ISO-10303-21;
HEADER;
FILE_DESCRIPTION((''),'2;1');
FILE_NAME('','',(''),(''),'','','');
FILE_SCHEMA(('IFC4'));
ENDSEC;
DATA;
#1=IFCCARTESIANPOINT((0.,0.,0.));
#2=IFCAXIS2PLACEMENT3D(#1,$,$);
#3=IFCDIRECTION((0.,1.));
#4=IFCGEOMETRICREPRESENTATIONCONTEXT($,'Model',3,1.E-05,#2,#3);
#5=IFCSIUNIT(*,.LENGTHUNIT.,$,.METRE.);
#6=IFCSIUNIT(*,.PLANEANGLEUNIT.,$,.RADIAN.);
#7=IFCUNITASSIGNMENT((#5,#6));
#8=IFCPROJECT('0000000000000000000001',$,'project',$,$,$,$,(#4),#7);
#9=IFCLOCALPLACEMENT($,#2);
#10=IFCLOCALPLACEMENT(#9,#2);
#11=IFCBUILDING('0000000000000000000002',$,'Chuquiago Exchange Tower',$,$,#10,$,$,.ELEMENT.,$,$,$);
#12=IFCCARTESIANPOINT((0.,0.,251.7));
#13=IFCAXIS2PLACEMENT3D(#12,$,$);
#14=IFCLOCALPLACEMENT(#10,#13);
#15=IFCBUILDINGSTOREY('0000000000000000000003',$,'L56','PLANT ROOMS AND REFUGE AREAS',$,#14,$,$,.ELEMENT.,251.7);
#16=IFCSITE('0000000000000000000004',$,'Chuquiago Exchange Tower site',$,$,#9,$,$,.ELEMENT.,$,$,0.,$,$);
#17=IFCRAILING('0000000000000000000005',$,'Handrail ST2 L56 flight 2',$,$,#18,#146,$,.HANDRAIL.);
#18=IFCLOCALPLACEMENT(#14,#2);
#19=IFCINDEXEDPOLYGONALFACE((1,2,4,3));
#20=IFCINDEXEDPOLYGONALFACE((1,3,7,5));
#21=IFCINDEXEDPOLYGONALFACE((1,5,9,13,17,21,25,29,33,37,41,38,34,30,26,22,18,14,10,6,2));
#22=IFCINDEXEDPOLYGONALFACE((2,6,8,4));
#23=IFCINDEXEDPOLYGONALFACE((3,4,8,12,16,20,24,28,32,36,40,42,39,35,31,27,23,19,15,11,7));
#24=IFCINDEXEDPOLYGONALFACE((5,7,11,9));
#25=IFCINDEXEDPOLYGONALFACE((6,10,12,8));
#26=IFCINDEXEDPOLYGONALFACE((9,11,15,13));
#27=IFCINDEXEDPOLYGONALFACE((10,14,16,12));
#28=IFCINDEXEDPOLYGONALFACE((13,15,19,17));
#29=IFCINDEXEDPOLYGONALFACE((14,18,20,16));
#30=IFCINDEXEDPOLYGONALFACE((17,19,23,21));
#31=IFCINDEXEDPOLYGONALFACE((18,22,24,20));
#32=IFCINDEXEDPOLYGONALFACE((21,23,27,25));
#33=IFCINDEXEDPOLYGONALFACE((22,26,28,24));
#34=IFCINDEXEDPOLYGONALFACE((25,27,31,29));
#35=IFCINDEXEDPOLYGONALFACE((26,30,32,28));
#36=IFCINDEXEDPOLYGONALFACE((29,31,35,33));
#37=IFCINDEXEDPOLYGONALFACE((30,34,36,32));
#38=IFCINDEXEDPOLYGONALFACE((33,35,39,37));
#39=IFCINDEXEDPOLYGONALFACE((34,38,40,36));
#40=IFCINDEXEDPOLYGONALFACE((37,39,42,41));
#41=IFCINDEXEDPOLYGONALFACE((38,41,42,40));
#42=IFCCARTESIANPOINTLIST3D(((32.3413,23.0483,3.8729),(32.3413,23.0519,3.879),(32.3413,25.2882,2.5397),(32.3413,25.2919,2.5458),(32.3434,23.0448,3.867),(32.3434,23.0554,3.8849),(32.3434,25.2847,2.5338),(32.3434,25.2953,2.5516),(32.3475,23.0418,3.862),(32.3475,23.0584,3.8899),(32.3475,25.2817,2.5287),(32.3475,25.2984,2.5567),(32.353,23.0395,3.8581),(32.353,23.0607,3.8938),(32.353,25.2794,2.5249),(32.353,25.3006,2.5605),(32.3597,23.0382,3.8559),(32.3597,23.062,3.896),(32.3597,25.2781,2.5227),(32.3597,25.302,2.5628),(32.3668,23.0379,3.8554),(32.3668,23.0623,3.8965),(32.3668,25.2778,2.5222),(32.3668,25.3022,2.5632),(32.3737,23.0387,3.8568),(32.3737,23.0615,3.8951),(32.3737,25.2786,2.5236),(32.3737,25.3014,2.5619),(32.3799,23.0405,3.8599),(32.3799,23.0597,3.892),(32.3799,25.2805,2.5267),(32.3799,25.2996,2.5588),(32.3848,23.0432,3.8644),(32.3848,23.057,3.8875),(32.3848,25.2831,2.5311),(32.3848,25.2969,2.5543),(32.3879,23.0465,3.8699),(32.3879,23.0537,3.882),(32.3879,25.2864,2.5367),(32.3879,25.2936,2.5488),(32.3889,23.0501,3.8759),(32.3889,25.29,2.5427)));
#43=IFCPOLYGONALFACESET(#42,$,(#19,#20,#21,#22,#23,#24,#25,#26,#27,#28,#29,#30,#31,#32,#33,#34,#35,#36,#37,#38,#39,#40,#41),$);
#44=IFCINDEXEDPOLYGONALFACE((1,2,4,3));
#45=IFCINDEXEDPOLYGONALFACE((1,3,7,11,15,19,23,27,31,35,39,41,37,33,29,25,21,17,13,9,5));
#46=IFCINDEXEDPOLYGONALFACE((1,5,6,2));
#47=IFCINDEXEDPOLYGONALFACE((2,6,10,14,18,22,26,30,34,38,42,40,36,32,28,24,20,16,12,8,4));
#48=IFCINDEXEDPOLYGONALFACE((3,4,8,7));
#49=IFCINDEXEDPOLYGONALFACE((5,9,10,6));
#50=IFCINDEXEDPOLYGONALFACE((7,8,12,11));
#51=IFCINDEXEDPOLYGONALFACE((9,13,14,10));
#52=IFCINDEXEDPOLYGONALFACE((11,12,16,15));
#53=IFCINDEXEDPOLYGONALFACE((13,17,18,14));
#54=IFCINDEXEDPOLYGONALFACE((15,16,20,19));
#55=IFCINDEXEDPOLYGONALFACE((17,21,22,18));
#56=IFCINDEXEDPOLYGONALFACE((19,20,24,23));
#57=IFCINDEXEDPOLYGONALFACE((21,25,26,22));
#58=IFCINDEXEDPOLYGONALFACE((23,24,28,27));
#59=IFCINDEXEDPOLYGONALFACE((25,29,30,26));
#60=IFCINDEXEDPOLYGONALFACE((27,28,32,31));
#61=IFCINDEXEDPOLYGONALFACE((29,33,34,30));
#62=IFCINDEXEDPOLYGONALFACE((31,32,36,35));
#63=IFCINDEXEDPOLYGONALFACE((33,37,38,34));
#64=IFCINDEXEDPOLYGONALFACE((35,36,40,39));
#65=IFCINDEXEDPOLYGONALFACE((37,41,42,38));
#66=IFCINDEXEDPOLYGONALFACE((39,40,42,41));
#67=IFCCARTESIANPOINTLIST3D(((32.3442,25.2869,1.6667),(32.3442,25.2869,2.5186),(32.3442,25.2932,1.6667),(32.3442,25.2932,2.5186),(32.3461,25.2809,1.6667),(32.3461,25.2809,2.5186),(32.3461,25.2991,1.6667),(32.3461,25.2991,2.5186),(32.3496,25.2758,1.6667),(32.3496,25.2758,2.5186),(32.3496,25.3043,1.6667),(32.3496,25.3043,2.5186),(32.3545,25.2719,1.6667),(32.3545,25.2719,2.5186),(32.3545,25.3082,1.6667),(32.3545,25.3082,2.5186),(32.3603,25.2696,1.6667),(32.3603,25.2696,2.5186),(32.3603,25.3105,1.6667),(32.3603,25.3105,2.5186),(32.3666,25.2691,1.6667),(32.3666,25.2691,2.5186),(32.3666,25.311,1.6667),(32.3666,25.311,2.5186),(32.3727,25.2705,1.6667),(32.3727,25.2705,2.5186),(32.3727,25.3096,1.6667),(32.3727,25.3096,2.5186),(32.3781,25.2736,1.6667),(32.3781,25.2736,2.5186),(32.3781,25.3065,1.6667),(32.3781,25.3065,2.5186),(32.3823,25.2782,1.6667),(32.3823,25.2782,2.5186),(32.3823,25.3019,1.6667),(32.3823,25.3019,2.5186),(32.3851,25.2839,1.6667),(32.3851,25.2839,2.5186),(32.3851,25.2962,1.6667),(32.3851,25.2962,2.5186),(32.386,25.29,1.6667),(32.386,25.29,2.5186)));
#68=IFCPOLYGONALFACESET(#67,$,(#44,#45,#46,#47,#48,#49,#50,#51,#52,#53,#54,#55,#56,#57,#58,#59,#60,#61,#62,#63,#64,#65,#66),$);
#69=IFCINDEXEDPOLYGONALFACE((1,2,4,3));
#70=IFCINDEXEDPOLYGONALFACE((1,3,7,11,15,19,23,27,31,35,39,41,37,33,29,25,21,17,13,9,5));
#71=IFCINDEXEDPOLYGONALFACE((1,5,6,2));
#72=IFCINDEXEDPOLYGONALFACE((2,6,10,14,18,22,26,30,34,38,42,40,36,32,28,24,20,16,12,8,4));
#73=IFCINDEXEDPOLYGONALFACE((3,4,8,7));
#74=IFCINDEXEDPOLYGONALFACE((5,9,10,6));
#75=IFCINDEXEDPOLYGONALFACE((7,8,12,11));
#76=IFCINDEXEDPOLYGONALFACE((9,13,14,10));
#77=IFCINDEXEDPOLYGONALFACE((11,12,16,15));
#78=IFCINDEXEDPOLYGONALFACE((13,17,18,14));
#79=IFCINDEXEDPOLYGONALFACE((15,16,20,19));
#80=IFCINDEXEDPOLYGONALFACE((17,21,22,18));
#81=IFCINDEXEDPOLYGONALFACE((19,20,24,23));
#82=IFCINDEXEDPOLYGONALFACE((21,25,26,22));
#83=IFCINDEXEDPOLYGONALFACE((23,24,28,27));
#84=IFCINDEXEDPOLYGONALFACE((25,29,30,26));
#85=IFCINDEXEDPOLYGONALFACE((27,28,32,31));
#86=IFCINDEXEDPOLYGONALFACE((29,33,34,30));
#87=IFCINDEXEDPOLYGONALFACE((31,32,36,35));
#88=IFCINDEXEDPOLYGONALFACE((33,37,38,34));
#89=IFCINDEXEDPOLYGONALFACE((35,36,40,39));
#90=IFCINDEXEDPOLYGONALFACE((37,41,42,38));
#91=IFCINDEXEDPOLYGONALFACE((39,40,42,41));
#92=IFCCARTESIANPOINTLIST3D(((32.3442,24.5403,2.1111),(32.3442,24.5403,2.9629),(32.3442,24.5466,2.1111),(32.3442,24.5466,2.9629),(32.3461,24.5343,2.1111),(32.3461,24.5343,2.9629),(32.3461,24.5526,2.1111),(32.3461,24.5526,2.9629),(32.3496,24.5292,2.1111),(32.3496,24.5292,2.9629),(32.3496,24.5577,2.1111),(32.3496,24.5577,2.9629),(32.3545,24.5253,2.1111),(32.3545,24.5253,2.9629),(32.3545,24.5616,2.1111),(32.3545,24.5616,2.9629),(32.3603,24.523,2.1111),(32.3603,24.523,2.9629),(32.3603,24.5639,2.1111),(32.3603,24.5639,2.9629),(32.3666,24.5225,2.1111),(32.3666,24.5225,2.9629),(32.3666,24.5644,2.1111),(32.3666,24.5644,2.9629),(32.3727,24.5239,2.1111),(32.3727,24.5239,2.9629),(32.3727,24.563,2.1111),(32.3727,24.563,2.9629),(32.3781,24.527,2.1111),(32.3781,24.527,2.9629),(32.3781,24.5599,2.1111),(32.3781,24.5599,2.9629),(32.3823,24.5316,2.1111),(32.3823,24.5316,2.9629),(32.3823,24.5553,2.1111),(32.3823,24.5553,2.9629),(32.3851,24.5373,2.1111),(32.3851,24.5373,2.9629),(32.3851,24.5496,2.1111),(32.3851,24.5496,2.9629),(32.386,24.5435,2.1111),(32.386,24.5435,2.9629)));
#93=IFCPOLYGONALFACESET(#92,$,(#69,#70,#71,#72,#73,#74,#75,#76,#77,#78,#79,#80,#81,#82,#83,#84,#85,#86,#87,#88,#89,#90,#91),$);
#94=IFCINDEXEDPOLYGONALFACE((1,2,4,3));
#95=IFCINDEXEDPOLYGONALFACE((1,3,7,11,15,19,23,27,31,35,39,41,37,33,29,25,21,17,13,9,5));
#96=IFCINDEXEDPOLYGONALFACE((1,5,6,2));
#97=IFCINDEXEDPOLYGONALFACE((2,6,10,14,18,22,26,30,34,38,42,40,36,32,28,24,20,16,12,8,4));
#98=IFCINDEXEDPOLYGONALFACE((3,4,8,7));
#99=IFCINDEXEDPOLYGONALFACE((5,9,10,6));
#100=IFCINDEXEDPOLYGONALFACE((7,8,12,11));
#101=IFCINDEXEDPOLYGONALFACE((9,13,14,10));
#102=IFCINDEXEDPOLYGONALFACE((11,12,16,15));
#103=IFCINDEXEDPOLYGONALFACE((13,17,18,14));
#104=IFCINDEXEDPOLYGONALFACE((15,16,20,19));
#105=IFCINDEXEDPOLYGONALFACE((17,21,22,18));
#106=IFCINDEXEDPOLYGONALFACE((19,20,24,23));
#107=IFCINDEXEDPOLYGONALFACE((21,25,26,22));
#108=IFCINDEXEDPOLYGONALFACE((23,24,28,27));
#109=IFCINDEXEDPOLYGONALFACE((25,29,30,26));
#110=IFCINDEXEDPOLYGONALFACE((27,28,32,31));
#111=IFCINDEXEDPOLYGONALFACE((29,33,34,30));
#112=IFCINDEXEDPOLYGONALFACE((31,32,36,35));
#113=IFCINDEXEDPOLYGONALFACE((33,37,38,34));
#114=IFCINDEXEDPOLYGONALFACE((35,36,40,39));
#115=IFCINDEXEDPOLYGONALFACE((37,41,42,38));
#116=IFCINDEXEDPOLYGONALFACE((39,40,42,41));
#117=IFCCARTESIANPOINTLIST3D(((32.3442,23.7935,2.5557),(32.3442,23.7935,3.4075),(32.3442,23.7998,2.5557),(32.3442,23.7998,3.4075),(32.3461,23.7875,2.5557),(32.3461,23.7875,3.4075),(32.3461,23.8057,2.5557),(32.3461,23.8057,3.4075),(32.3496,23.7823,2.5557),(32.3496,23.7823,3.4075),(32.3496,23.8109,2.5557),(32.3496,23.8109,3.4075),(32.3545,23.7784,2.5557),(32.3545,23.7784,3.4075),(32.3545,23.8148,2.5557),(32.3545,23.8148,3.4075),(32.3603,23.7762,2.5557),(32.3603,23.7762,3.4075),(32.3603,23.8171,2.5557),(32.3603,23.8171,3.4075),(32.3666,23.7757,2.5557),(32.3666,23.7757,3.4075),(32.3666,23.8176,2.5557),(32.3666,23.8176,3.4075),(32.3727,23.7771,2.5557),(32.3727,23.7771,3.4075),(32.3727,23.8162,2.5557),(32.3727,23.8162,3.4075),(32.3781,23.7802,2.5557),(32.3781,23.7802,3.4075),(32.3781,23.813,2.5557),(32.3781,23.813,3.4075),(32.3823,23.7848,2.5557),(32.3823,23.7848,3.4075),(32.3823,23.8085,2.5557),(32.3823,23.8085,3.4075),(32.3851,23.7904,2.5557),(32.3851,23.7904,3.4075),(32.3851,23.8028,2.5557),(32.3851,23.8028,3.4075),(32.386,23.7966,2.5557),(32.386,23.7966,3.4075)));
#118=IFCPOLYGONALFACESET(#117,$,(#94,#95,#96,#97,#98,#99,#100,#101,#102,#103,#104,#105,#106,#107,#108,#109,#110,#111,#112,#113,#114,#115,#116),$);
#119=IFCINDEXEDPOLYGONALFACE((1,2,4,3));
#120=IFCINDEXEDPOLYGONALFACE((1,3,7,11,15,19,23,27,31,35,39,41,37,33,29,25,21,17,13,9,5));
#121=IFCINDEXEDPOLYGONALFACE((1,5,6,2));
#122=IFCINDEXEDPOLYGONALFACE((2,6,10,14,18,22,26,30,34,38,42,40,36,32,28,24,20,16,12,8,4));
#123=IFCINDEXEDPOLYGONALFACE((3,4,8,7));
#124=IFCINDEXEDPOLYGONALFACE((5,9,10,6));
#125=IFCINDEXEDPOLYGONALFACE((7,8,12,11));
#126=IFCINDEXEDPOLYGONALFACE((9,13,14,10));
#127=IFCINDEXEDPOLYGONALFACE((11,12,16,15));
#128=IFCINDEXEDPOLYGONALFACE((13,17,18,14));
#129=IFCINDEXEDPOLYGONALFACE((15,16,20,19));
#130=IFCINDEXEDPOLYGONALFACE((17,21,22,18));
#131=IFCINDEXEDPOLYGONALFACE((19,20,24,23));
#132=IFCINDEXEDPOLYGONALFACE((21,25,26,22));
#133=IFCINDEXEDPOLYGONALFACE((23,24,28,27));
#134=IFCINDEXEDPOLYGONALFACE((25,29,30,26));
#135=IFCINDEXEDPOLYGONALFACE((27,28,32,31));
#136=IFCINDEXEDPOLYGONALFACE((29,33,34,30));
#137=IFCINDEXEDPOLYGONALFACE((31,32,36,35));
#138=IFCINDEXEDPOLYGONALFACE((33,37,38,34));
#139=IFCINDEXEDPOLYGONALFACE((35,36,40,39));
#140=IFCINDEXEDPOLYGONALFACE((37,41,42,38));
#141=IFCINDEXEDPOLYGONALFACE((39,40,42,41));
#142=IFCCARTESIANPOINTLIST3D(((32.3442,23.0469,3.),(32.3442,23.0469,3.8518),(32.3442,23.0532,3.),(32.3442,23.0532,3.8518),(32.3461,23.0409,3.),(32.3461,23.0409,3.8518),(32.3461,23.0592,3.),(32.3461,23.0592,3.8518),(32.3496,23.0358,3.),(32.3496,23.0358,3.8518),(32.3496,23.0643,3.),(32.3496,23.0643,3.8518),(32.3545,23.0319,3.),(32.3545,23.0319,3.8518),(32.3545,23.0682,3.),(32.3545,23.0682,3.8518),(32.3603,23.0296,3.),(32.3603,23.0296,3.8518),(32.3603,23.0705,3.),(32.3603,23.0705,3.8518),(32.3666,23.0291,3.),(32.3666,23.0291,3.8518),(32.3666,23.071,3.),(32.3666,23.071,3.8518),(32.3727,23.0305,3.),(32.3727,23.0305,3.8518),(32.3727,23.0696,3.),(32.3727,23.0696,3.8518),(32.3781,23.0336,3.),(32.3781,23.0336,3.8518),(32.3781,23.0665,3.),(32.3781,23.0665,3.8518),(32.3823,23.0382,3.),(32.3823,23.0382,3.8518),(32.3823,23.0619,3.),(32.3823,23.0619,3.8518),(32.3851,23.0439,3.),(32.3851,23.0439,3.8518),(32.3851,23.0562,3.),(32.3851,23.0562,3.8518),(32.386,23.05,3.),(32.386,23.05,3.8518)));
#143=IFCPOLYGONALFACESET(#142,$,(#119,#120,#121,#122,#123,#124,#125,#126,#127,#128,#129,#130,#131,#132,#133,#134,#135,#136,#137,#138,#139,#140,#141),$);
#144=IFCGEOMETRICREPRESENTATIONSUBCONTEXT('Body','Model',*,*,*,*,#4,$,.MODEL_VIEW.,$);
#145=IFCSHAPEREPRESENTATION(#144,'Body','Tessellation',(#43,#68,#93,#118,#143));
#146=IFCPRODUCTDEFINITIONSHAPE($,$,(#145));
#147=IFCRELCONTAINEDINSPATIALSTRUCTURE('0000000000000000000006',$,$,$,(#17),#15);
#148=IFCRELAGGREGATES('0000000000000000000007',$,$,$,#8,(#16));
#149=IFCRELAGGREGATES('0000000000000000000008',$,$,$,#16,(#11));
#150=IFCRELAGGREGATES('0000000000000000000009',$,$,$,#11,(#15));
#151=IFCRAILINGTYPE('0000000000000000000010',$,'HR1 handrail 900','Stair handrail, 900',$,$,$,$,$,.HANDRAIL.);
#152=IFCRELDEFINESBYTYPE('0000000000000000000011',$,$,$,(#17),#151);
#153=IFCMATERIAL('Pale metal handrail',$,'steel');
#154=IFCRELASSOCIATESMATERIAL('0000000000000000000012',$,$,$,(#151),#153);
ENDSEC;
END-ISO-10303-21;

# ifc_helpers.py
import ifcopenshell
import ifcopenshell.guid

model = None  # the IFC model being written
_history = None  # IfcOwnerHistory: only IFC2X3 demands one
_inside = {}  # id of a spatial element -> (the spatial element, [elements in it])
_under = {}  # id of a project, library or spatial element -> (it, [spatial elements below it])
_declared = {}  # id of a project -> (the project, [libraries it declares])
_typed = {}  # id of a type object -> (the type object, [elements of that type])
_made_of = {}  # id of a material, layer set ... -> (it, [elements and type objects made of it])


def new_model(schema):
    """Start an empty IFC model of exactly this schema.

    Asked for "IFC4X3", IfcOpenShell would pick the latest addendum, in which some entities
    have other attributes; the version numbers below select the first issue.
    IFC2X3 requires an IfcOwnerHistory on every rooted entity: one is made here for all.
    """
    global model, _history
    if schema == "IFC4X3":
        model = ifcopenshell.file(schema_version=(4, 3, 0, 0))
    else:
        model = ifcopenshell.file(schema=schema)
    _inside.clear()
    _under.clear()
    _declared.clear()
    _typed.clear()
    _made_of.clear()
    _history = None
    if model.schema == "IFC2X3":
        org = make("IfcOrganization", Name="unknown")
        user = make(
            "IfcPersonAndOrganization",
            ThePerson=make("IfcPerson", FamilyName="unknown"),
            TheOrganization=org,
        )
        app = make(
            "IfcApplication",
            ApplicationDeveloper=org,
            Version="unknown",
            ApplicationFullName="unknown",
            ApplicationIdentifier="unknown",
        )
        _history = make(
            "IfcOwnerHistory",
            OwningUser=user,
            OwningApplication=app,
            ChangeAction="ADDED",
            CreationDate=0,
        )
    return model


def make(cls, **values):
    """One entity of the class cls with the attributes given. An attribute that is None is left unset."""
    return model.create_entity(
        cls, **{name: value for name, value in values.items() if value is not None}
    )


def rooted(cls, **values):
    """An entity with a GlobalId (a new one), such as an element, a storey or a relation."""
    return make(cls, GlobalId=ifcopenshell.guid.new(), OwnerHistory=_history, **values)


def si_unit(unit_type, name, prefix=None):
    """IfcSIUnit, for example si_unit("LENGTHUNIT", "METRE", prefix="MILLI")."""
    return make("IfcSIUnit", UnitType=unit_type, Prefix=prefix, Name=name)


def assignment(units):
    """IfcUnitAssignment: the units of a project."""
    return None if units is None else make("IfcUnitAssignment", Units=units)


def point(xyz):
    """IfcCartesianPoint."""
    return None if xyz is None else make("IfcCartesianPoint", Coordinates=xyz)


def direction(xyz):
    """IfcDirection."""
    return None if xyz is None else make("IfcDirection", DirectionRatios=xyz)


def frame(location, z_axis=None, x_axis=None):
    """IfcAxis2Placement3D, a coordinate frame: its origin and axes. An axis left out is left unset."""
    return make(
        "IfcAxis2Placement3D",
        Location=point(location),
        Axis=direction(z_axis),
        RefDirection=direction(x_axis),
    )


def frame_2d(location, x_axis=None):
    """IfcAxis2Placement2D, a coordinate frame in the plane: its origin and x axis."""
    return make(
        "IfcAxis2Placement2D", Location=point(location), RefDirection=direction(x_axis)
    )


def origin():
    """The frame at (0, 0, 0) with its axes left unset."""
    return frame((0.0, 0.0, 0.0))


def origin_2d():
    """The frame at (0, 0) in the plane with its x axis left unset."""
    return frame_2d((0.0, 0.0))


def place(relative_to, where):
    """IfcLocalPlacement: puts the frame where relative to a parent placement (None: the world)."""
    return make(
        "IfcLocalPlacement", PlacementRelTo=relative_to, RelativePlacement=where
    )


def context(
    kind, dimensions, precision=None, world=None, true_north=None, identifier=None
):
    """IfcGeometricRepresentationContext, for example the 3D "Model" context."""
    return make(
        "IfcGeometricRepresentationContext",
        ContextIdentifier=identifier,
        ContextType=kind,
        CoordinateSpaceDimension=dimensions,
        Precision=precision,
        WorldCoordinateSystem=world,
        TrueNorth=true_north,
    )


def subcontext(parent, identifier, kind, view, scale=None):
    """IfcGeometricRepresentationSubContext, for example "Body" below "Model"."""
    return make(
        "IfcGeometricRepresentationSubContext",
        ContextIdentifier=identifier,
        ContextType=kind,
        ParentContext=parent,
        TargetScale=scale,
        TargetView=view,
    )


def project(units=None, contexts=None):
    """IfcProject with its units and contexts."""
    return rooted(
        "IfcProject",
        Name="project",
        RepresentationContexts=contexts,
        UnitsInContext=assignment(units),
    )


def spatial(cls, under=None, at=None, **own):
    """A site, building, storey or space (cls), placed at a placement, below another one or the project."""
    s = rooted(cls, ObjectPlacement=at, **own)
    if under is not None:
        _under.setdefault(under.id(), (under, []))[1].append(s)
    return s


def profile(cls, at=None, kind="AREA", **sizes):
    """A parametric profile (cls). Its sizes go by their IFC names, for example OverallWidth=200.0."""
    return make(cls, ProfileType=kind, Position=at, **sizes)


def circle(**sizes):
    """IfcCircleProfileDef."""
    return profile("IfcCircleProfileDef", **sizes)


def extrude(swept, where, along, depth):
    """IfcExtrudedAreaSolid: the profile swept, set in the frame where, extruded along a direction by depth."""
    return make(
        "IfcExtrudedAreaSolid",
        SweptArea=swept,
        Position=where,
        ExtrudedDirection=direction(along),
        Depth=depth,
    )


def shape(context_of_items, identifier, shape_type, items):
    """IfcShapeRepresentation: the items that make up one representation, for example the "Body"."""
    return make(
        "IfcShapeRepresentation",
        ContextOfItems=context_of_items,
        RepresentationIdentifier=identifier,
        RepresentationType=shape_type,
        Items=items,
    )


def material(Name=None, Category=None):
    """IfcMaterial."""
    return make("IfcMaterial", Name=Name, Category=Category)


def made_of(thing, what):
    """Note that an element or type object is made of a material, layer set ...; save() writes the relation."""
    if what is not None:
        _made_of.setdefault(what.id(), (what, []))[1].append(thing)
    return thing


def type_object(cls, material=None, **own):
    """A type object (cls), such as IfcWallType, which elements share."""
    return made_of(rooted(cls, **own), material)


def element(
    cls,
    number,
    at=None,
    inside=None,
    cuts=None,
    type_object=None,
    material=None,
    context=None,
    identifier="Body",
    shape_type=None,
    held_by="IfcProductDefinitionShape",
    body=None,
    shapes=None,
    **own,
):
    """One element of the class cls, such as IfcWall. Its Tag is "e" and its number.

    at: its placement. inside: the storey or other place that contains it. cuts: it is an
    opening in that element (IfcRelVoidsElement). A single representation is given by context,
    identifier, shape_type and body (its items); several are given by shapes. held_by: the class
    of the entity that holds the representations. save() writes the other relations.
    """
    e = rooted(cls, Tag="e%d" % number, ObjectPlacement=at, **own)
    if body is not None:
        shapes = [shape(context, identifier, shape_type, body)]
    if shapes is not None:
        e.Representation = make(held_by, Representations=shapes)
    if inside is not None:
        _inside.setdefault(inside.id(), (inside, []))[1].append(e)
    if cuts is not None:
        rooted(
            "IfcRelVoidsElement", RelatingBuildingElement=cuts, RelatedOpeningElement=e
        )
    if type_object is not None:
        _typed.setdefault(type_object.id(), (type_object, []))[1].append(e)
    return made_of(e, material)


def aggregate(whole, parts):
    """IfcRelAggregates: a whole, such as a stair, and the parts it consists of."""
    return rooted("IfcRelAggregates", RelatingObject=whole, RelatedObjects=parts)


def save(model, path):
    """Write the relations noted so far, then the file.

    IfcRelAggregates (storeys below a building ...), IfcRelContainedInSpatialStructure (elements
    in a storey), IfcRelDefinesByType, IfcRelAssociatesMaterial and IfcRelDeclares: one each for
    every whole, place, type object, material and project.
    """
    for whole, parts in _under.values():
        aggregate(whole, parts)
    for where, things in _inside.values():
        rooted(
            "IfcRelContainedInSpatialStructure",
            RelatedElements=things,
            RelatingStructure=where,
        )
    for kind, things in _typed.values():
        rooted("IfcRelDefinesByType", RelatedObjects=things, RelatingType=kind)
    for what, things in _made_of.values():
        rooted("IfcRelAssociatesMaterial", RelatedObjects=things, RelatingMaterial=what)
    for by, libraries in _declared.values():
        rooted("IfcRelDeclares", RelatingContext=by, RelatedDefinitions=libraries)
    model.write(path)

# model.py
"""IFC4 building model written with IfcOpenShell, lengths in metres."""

from ifc_helpers import new_model, si_unit, direction, frame, origin, origin_2d, place, context, subcontext, project, spatial, circle, extrude, material, type_object, element, save


model = new_model("IFC4")

# Units and contexts
model_context = context("Model", 3, precision=1e-05, world=origin(), true_north=direction((0.0, 1.0)))
body_context = subcontext(model_context, "Body", "Model", "MODEL_VIEW")
ifc_project = project(units=[si_unit("LENGTHUNIT", "METRE"), si_unit("PLANEANGLEUNIT", "RADIAN")], contexts=[model_context])

# Site, building, storey
site_placement = place(None, origin())
site = spatial("IfcSite", under=ifc_project, at=site_placement, Name="Chuquiago Exchange Tower site", CompositionType="ELEMENT", RefElevation=0.0)
building_placement = place(site_placement, origin())
building = spatial("IfcBuilding", under=site, at=building_placement, Name="Chuquiago Exchange Tower", CompositionType="ELEMENT")
storey_placement = place(building_placement, frame((0.0, 0.0, 251.7)))
storey = spatial("IfcBuildingStorey", under=building, at=storey_placement, Name="L56", Description="PLANT ROOMS AND REFUGE AREAS", CompositionType="ELEMENT", Elevation=251.7)

# Railing
ifc_material_1 = material(Name="Pale metal handrail", Category="steel")
railing_type_1 = type_object("IfcRailingType", Name="HR1 handrail 900", Description="Stair handrail, 900", PredefinedType="HANDRAIL", material=ifc_material_1)
for number, where, name in (
    (1, (32.365, 25.29, 1.6667), "Handrail ST2 L56 flight 2"),
):
    element("IfcRailing", number, at=place(storey_placement, frame(where)), inside=storey, type_object=railing_type_1, Name=name, PredefinedType="HANDRAIL", context=body_context, shape_type="SweptSolid", body=[
        extrude(circle(Radius=0.0239, at=origin_2d()), frame((0.0, 0.0, 0.876), z_axis=(0.0, -0.859306, 0.511462), x_axis=(1.0, 0.0, 0.0)), (0.0, 0.0, 1.0), 2.6067),
        extrude(circle(Radius=0.021, at=origin_2d()), origin(), (0.0, 0.0, 1.0), 0.8518),
        extrude(circle(Radius=0.021, at=origin_2d()), frame((0.0, -0.7466, 0.4443)), (0.0, 0.0, 1.0), 0.8518),
        extrude(circle(Radius=0.021, at=origin_2d()), frame((0.0, -1.4934, 0.8889)), (0.0, 0.0, 1.0), 0.8518),
        extrude(circle(Radius=0.021, at=origin_2d()), frame((0.0, -2.24, 1.3333)), (0.0, 0.0, 1.0), 0.8518),
    ])

save(model, "model.ifc")
